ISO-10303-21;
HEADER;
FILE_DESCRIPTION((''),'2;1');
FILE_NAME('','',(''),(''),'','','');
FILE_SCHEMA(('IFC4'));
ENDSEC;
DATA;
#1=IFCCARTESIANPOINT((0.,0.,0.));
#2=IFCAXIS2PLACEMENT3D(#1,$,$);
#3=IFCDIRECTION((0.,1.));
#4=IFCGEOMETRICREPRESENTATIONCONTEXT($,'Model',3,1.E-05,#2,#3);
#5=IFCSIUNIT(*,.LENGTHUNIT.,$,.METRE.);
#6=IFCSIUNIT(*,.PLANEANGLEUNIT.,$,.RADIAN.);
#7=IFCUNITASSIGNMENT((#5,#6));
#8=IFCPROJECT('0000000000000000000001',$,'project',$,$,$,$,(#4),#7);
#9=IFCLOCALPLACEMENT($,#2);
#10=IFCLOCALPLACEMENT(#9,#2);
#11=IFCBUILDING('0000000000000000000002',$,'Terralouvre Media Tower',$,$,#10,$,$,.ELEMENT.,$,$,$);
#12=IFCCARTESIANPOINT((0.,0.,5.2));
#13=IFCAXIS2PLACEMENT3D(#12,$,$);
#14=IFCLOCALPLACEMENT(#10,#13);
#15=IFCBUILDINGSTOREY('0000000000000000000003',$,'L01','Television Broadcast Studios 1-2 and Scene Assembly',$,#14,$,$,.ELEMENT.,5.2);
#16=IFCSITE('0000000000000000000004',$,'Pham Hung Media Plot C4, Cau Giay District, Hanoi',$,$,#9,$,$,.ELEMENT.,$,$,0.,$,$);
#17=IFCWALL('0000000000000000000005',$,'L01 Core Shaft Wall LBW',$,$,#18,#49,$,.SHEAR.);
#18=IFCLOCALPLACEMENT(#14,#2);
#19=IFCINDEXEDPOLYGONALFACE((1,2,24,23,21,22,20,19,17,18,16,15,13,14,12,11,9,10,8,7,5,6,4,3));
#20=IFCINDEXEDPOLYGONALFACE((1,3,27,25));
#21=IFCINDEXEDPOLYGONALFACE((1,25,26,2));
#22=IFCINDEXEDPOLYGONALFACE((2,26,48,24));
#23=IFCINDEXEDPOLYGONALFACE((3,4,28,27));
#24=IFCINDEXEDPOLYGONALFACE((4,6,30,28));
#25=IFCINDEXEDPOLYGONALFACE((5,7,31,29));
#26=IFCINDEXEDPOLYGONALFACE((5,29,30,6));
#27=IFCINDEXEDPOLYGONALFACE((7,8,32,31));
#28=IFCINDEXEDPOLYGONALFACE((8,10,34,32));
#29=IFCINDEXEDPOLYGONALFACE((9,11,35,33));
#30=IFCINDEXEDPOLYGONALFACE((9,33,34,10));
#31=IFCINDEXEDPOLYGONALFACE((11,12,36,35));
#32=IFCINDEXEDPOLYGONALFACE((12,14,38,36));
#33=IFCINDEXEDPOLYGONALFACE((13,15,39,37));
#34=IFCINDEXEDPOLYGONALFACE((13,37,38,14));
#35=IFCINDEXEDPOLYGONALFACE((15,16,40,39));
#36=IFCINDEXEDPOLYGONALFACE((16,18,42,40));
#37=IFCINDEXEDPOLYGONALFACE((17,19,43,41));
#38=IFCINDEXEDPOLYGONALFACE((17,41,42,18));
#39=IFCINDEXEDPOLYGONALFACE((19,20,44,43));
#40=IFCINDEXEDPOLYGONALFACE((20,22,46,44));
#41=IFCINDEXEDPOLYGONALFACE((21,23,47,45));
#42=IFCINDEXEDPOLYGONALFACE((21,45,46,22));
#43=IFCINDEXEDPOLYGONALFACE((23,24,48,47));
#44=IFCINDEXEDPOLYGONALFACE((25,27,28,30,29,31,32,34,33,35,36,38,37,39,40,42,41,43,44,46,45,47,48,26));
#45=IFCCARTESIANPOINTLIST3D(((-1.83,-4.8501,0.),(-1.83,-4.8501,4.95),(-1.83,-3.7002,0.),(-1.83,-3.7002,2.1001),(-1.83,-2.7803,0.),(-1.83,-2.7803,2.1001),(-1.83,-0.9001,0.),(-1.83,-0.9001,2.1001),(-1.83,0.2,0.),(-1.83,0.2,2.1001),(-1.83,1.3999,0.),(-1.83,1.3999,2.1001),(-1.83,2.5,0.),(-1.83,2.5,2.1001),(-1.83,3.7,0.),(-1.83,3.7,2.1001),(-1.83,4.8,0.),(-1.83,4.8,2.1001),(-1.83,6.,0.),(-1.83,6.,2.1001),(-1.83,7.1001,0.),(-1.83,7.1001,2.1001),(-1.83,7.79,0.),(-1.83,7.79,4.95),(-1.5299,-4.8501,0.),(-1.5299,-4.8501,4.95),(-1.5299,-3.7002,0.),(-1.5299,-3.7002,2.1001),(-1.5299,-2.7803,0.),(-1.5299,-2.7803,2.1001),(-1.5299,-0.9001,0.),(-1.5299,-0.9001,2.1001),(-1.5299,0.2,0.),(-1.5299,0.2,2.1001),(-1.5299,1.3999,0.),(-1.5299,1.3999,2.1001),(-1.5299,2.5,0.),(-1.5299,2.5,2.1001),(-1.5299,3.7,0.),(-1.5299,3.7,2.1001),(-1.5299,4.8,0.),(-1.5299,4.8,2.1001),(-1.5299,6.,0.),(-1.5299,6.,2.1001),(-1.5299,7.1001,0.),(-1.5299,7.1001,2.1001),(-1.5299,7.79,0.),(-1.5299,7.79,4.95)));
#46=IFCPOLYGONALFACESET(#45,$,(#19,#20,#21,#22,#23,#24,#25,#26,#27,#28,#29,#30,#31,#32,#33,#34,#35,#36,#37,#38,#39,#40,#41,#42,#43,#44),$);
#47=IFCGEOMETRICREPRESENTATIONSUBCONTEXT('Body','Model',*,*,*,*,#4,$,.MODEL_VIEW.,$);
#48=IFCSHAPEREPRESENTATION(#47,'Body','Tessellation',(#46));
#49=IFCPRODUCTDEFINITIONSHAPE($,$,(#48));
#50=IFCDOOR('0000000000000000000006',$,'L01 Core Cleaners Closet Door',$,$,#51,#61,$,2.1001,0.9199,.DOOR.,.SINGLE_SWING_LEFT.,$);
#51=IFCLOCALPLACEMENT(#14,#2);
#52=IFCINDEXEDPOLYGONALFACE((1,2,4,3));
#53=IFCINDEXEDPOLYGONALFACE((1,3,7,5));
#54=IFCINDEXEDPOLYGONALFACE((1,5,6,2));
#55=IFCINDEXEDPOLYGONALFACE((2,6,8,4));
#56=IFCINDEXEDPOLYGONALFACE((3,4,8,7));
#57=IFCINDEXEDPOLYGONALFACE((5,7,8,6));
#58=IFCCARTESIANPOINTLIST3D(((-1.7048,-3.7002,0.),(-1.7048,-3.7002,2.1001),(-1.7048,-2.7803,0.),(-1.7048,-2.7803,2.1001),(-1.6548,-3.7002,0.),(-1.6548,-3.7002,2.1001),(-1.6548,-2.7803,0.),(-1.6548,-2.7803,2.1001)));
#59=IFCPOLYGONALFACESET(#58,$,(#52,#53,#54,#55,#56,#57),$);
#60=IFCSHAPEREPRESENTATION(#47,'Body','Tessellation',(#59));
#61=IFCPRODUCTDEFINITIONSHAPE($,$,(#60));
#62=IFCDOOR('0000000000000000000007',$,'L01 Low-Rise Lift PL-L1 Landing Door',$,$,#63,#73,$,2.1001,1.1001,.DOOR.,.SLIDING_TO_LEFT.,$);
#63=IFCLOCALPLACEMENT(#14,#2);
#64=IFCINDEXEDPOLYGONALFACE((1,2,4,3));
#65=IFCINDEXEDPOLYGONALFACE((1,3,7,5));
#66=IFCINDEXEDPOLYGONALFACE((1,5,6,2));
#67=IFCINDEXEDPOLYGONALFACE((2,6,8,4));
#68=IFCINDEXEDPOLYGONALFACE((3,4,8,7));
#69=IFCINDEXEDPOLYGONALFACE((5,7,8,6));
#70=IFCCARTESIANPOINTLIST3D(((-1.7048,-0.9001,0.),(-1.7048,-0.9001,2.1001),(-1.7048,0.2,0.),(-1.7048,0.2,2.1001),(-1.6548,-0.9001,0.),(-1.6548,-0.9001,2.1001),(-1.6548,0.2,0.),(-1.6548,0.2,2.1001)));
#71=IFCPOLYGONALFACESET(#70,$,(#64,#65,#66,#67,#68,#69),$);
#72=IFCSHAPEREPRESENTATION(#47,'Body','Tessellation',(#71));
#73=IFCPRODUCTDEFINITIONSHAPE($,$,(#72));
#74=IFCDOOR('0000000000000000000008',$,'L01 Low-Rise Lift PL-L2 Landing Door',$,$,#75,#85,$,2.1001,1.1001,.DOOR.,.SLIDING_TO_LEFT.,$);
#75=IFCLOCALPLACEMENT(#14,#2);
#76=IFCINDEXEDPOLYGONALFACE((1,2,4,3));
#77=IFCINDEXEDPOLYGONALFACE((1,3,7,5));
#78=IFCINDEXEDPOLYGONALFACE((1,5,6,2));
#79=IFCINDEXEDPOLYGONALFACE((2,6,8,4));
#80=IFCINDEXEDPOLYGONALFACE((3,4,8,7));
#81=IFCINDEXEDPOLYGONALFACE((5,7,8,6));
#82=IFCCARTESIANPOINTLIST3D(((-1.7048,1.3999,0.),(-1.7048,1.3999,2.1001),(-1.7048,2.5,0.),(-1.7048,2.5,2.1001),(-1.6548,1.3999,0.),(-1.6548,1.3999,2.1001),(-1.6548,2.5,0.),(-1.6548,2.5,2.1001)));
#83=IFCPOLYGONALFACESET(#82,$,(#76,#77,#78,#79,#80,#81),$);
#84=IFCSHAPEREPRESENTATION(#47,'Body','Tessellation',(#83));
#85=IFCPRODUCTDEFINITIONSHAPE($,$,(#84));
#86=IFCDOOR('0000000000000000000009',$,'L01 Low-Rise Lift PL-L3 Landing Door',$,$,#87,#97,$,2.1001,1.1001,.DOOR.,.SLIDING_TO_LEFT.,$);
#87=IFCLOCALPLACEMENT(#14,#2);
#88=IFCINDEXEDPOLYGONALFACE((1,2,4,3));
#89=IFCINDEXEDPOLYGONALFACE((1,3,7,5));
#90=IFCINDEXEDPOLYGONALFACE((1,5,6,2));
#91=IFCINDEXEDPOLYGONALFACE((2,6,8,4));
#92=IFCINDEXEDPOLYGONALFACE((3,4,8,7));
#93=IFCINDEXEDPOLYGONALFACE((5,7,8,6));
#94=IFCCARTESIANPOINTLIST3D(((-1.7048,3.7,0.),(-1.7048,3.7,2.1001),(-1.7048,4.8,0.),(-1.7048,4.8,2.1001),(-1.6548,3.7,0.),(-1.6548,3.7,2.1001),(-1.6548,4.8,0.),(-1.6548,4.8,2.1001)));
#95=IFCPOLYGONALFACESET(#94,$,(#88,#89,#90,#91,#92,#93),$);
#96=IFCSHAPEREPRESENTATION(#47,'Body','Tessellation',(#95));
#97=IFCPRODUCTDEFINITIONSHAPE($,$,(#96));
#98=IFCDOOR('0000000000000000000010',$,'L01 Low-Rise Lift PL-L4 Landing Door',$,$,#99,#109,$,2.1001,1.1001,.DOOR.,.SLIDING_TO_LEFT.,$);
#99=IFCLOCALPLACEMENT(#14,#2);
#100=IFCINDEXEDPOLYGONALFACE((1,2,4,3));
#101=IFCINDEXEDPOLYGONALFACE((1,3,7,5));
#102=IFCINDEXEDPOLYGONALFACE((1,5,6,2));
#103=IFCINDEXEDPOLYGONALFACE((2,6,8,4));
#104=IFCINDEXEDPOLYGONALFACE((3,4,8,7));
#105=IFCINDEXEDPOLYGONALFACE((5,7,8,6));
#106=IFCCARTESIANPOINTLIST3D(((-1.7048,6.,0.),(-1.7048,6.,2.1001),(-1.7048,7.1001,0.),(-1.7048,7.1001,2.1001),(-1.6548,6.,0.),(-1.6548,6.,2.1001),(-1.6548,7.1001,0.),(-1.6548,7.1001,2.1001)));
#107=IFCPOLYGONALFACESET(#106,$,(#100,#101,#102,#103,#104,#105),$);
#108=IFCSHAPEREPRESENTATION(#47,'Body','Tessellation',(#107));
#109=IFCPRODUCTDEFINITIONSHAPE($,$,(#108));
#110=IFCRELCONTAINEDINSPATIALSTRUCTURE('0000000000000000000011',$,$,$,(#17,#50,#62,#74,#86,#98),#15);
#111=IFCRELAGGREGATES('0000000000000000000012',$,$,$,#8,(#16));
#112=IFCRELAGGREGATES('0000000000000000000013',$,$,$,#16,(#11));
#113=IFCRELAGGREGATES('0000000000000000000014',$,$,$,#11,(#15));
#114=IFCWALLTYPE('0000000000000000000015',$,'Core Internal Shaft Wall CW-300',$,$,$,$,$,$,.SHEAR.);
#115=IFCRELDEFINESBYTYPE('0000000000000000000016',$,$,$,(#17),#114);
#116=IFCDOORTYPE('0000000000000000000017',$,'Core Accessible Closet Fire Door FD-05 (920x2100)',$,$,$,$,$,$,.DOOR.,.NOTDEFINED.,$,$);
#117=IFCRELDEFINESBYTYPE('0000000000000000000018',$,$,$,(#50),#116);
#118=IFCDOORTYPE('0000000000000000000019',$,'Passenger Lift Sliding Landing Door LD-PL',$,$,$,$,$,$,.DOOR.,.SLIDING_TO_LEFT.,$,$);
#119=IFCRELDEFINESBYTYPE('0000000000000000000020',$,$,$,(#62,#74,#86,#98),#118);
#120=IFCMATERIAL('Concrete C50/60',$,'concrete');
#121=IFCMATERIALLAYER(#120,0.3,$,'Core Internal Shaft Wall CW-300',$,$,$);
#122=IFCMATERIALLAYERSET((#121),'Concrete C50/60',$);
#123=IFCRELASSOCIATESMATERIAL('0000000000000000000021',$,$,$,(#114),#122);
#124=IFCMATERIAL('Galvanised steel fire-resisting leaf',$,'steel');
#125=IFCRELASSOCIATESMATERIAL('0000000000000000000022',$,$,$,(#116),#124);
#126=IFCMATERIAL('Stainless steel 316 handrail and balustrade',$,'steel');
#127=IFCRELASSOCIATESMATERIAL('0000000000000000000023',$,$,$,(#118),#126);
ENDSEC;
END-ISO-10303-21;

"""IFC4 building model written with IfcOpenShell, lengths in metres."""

from ifc_helpers import new_model, si_unit, direction, frame, frame_2d, origin, place, context, subcontext, project, spatial, rectangle, extrude, material, layer, layer_set, type_object, element, fill, save


model = new_model("IFC4")

# Units and contexts
model_context = context("Model", 3, precision=1e-05, world=origin(), true_north=direction((0.0, 1.0)))
body_context = subcontext(model_context, "Body", "Model", "MODEL_VIEW")
ifc_project = project(units=[si_unit("LENGTHUNIT", "METRE"), si_unit("PLANEANGLEUNIT", "RADIAN")], contexts=[model_context])

# Site, building, storey
site_placement = place(None, origin())
site = spatial("IfcSite", under=ifc_project, at=site_placement, Name="Pham Hung Media Plot C4, Cau Giay District, Hanoi", CompositionType="ELEMENT", RefElevation=0.0)
building_placement = place(site_placement, origin())
building = spatial("IfcBuilding", under=site, at=building_placement, Name="Terralouvre Media Tower", CompositionType="ELEMENT")
storey_placement = place(building_placement, frame((0.0, 0.0, 5.2)))
storey = spatial("IfcBuildingStorey", under=building, at=storey_placement, Name="L01", Description="Television Broadcast Studios 1-2 and Scene Assembly", CompositionType="ELEMENT", Elevation=5.2)

# Wall, openings, doors
ifc_material_1 = material(Name="Concrete C50/60", Category="concrete")
ifc_layer_1 = layer(ifc_material_1, 0.3, Name="Core Internal Shaft Wall CW-300")
ifc_layer_set_1 = layer_set([ifc_layer_1], Name="Concrete C50/60")
wall_type = type_object("IfcWallType", Name="Core Internal Shaft Wall CW-300", PredefinedType="SHEAR", material=ifc_layer_set_1)
wall_placement = place(storey_placement, frame((-1.6799, -4.8501, 0.0), z_axis=(0.0, 0.0, 1.0), x_axis=(0.0, 1.0, 0.0)))
wall = element("IfcWall", 1, at=wall_placement, inside=storey, type_object=wall_type, Name="L01 Core Shaft Wall LBW", PredefinedType="SHEAR", context=body_context, shape_type="SweptSolid", body=[
    extrude(rectangle(XDim=12.6401, YDim=0.3, at=frame_2d((6.3201, 0.0))), origin(), (0.0, 0.0, 1.0), 4.95),
])
opening_1_placement = place(wall_placement, frame((3.95, 0.0, 0.0)))
opening_1 = element("IfcOpeningElement", 2, at=opening_1_placement, cuts=wall, PredefinedType="OPENING", context=body_context, shape_type="SweptSolid", body=[
    extrude(rectangle(XDim=1.1001, YDim=2.1001, at=frame_2d((0.55, 1.05))), frame((0.0, 0.1599, 0.0), z_axis=(0.0, -1.0, 0.0), x_axis=(1.0, 0.0, 0.0)), (0.0, 0.0, 1.0), 0.3201),
])
opening_2_placement = place(wall_placement, frame((6.25, 0.0, 0.0)))
opening_2 = element("IfcOpeningElement", 3, at=opening_2_placement, cuts=wall, PredefinedType="OPENING", context=body_context, shape_type="SweptSolid", body=[
    extrude(rectangle(XDim=1.1001, YDim=2.1001, at=frame_2d((0.55, 1.05))), frame((0.0, 0.1599, 0.0), z_axis=(0.0, -1.0, 0.0), x_axis=(1.0, 0.0, 0.0)), (0.0, 0.0, 1.0), 0.3201),
])
opening_3_placement = place(wall_placement, frame((8.55, 0.0, 0.0)))
opening_3 = element("IfcOpeningElement", 4, at=opening_3_placement, cuts=wall, PredefinedType="OPENING", context=body_context, shape_type="SweptSolid", body=[
    extrude(rectangle(XDim=1.1001, YDim=2.1001, at=frame_2d((0.55, 1.05))), frame((0.0, 0.1599, 0.0), z_axis=(0.0, -1.0, 0.0), x_axis=(1.0, 0.0, 0.0)), (0.0, 0.0, 1.0), 0.3201),
])
opening_4_placement = place(wall_placement, frame((10.8501, 0.0, 0.0)))
opening_4 = element("IfcOpeningElement", 5, at=opening_4_placement, cuts=wall, PredefinedType="OPENING", context=body_context, shape_type="SweptSolid", body=[
    extrude(rectangle(XDim=1.1001, YDim=2.1001, at=frame_2d((0.55, 1.05))), frame((0.0, 0.1599, 0.0), z_axis=(0.0, -1.0, 0.0), x_axis=(1.0, 0.0, 0.0)), (0.0, 0.0, 1.0), 0.3201),
])
opening_5_placement = place(wall_placement, frame((1.1499, 0.0, 0.0)))
opening_5 = element("IfcOpeningElement", 6, at=opening_5_placement, cuts=wall, PredefinedType="OPENING", context=body_context, shape_type="SweptSolid", body=[
    extrude(rectangle(XDim=0.9199, YDim=2.1001, at=frame_2d((0.46, 1.05))), frame((0.0, 0.1599, 0.0), z_axis=(0.0, -1.0, 0.0), x_axis=(1.0, 0.0, 0.0)), (0.0, 0.0, 1.0), 0.3201),
])
ifc_material_2 = material(Name="Galvanised steel fire-resisting leaf", Category="steel")
door_type_1 = type_object("IfcDoorType", Name="Core Accessible Closet Fire Door FD-05 (920x2100)", OperationType="NOTDEFINED", PredefinedType="DOOR", material=ifc_material_2)
door_1_placement = place(opening_5_placement, origin())
door_1 = element("IfcDoor", 7, at=door_1_placement, inside=storey, type_object=door_type_1, Name="L01 Core Cleaners Closet Door", OperationType="SINGLE_SWING_LEFT", OverallHeight=2.1001, OverallWidth=0.9199, PredefinedType="DOOR", context=body_context, shape_type="SweptSolid", body=[
    extrude(rectangle(XDim=0.9199, YDim=2.1001, at=frame_2d((0.46, 1.05))), frame((0.0, 0.0249, 0.0), z_axis=(0.0, -1.0, 0.0), x_axis=(1.0, 0.0, 0.0)), (0.0, 0.0, 1.0), 0.05),
])
fill(opening_5, door_1)
ifc_material_3 = material(Name="Stainless steel 316 handrail and balustrade", Category="steel")
door_type_2 = type_object("IfcDoorType", Name="Passenger Lift Sliding Landing Door LD-PL", OperationType="SLIDING_TO_LEFT", PredefinedType="DOOR", material=ifc_material_3)
door_2_placement = place(opening_1_placement, origin())
door_2 = element("IfcDoor", 8, at=door_2_placement, inside=storey, type_object=door_type_2, Name="L01 Low-Rise Lift PL-L1 Landing Door", OperationType="SLIDING_TO_LEFT", OverallHeight=2.1001, OverallWidth=1.1001, PredefinedType="DOOR", context=body_context, shape_type="SweptSolid", body=[
    extrude(rectangle(XDim=1.1001, YDim=2.1001, at=frame_2d((0.55, 1.05))), frame((0.0, 0.0249, 0.0), z_axis=(0.0, -1.0, 0.0), x_axis=(1.0, 0.0, 0.0)), (0.0, 0.0, 1.0), 0.05),
])
fill(opening_1, door_2)
door_3_placement = place(opening_2_placement, origin())
door_3 = element("IfcDoor", 9, at=door_3_placement, inside=storey, type_object=door_type_2, Name="L01 Low-Rise Lift PL-L2 Landing Door", OperationType="SLIDING_TO_LEFT", OverallHeight=2.1001, OverallWidth=1.1001, PredefinedType="DOOR", context=body_context, shape_type="SweptSolid", body=[
    extrude(rectangle(XDim=1.1001, YDim=2.1001, at=frame_2d((0.55, 1.05))), frame((0.0, 0.0249, 0.0), z_axis=(0.0, -1.0, 0.0), x_axis=(1.0, 0.0, 0.0)), (0.0, 0.0, 1.0), 0.05),
])
fill(opening_2, door_3)
door_4_placement = place(opening_3_placement, origin())
door_4 = element("IfcDoor", 10, at=door_4_placement, inside=storey, type_object=door_type_2, Name="L01 Low-Rise Lift PL-L3 Landing Door", OperationType="SLIDING_TO_LEFT", OverallHeight=2.1001, OverallWidth=1.1001, PredefinedType="DOOR", context=body_context, shape_type="SweptSolid", body=[
    extrude(rectangle(XDim=1.1001, YDim=2.1001, at=frame_2d((0.55, 1.05))), frame((0.0, 0.0249, 0.0), z_axis=(0.0, -1.0, 0.0), x_axis=(1.0, 0.0, 0.0)), (0.0, 0.0, 1.0), 0.05),
])
fill(opening_3, door_4)
door_5_placement = place(opening_4_placement, origin())
door_5 = element("IfcDoor", 11, at=door_5_placement, inside=storey, type_object=door_type_2, Name="L01 Low-Rise Lift PL-L4 Landing Door", OperationType="SLIDING_TO_LEFT", OverallHeight=2.1001, OverallWidth=1.1001, PredefinedType="DOOR", context=body_context, shape_type="SweptSolid", body=[
    extrude(rectangle(XDim=1.1001, YDim=2.1001, at=frame_2d((0.55, 1.05))), frame((0.0, 0.0249, 0.0), z_axis=(0.0, -1.0, 0.0), x_axis=(1.0, 0.0, 0.0)), (0.0, 0.0, 1.0), 0.05),
])
fill(opening_4, door_5)

save(model, "model.ifc")
